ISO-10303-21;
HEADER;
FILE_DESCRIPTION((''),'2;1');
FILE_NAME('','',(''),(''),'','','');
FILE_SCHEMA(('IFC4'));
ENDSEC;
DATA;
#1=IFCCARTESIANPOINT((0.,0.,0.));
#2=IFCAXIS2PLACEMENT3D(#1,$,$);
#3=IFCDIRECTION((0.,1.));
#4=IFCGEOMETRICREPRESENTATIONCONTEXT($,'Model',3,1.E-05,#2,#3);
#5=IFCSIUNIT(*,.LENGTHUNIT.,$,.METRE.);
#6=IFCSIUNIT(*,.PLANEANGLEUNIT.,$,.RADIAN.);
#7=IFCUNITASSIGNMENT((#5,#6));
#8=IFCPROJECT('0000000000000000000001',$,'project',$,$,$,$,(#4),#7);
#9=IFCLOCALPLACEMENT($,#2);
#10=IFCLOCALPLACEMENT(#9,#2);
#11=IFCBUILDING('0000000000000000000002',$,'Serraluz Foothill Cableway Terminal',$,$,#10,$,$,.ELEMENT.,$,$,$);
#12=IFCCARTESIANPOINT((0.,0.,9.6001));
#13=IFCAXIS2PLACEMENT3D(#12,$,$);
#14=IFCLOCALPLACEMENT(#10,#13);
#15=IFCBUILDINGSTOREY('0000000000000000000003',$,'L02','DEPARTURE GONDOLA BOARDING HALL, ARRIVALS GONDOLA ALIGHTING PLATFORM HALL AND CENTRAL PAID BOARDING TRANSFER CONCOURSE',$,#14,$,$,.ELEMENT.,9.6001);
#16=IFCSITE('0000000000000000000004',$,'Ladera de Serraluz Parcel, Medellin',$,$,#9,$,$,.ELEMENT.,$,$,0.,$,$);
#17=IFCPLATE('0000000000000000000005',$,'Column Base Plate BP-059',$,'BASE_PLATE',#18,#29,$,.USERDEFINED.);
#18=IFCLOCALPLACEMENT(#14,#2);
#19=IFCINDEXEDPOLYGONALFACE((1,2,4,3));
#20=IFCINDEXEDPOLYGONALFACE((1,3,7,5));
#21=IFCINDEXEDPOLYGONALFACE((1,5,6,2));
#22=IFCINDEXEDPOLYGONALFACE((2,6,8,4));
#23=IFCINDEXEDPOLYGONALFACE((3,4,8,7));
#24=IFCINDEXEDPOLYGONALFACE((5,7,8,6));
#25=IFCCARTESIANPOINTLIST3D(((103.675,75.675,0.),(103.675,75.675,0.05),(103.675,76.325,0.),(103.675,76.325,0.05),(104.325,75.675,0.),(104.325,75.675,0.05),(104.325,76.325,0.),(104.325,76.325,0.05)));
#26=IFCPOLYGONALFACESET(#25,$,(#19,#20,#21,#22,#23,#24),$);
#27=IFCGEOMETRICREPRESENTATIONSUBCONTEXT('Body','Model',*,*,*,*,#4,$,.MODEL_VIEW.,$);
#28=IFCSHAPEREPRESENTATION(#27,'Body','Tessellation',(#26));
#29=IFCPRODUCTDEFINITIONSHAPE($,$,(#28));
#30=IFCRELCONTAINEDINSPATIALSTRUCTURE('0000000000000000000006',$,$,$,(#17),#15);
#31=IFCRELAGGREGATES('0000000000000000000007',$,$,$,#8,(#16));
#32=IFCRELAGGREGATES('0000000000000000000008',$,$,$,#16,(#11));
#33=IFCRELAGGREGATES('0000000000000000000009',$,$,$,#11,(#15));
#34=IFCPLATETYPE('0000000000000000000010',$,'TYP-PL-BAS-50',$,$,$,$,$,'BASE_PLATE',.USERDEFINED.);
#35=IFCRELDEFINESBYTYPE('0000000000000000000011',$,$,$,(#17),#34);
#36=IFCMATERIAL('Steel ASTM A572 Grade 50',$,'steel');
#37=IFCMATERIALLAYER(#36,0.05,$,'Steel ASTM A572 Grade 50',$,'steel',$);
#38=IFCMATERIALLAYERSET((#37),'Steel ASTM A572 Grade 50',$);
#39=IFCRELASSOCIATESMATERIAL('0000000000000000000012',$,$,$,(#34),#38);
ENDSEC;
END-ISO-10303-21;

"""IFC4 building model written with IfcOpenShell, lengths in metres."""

from ifc_helpers import new_model, si_unit, direction, frame, origin, origin_2d, place, context, subcontext, project, spatial, rectangle, extrude, material, layer, layer_set, type_object, element, save


model = new_model("IFC4")

# Units and contexts
model_context = context("Model", 3, precision=1e-05, world=origin(), true_north=direction((0.0, 1.0)))
body_context = subcontext(model_context, "Body", "Model", "MODEL_VIEW")
ifc_project = project(units=[si_unit("LENGTHUNIT", "METRE"), si_unit("PLANEANGLEUNIT", "RADIAN")], contexts=[model_context])

# Site, building, storey
site_placement = place(None, origin())
site = spatial("IfcSite", under=ifc_project, at=site_placement, Name="Ladera de Serraluz Parcel, Medellin", CompositionType="ELEMENT", RefElevation=0.0)
building_placement = place(site_placement, origin())
building = spatial("IfcBuilding", under=site, at=building_placement, Name="Serraluz Foothill Cableway Terminal", CompositionType="ELEMENT")
storey_placement = place(building_placement, frame((0.0, 0.0, 9.6001)))
storey = spatial("IfcBuildingStorey", under=building, at=storey_placement, Name="L02", Description="DEPARTURE GONDOLA BOARDING HALL, ARRIVALS GONDOLA ALIGHTING PLATFORM HALL AND CENTRAL PAID BOARDING TRANSFER CONCOURSE", CompositionType="ELEMENT", Elevation=9.6001)

# Plate
ifc_material_1 = material(Name="Steel ASTM A572 Grade 50", Category="steel")
ifc_layer_1 = layer(ifc_material_1, 0.05, Name="Steel ASTM A572 Grade 50", Category="steel")
ifc_layer_set_1 = layer_set([ifc_layer_1], Name="Steel ASTM A572 Grade 50")
plate_type_1 = type_object("IfcPlateType", Name="TYP-PL-BAS-50", ElementType="BASE_PLATE", PredefinedType="USERDEFINED", material=ifc_layer_set_1)
plate_1_placement = place(storey_placement, frame((104.0, 76.0, 0.0), z_axis=(0.0, 0.0, 1.0), x_axis=(1.0, 0.0, 0.0)))
element("IfcPlate", 1, at=plate_1_placement, inside=storey, type_object=plate_type_1, Name="Column Base Plate BP-059", ObjectType="BASE_PLATE", PredefinedType="USERDEFINED", context=body_context, shape_type="SweptSolid", body=[
    extrude(rectangle(XDim=0.6499, YDim=0.6499, at=origin_2d()), origin(), (0.0, 0.0, 1.0), 0.05),
])

save(model, "model.ifc")
